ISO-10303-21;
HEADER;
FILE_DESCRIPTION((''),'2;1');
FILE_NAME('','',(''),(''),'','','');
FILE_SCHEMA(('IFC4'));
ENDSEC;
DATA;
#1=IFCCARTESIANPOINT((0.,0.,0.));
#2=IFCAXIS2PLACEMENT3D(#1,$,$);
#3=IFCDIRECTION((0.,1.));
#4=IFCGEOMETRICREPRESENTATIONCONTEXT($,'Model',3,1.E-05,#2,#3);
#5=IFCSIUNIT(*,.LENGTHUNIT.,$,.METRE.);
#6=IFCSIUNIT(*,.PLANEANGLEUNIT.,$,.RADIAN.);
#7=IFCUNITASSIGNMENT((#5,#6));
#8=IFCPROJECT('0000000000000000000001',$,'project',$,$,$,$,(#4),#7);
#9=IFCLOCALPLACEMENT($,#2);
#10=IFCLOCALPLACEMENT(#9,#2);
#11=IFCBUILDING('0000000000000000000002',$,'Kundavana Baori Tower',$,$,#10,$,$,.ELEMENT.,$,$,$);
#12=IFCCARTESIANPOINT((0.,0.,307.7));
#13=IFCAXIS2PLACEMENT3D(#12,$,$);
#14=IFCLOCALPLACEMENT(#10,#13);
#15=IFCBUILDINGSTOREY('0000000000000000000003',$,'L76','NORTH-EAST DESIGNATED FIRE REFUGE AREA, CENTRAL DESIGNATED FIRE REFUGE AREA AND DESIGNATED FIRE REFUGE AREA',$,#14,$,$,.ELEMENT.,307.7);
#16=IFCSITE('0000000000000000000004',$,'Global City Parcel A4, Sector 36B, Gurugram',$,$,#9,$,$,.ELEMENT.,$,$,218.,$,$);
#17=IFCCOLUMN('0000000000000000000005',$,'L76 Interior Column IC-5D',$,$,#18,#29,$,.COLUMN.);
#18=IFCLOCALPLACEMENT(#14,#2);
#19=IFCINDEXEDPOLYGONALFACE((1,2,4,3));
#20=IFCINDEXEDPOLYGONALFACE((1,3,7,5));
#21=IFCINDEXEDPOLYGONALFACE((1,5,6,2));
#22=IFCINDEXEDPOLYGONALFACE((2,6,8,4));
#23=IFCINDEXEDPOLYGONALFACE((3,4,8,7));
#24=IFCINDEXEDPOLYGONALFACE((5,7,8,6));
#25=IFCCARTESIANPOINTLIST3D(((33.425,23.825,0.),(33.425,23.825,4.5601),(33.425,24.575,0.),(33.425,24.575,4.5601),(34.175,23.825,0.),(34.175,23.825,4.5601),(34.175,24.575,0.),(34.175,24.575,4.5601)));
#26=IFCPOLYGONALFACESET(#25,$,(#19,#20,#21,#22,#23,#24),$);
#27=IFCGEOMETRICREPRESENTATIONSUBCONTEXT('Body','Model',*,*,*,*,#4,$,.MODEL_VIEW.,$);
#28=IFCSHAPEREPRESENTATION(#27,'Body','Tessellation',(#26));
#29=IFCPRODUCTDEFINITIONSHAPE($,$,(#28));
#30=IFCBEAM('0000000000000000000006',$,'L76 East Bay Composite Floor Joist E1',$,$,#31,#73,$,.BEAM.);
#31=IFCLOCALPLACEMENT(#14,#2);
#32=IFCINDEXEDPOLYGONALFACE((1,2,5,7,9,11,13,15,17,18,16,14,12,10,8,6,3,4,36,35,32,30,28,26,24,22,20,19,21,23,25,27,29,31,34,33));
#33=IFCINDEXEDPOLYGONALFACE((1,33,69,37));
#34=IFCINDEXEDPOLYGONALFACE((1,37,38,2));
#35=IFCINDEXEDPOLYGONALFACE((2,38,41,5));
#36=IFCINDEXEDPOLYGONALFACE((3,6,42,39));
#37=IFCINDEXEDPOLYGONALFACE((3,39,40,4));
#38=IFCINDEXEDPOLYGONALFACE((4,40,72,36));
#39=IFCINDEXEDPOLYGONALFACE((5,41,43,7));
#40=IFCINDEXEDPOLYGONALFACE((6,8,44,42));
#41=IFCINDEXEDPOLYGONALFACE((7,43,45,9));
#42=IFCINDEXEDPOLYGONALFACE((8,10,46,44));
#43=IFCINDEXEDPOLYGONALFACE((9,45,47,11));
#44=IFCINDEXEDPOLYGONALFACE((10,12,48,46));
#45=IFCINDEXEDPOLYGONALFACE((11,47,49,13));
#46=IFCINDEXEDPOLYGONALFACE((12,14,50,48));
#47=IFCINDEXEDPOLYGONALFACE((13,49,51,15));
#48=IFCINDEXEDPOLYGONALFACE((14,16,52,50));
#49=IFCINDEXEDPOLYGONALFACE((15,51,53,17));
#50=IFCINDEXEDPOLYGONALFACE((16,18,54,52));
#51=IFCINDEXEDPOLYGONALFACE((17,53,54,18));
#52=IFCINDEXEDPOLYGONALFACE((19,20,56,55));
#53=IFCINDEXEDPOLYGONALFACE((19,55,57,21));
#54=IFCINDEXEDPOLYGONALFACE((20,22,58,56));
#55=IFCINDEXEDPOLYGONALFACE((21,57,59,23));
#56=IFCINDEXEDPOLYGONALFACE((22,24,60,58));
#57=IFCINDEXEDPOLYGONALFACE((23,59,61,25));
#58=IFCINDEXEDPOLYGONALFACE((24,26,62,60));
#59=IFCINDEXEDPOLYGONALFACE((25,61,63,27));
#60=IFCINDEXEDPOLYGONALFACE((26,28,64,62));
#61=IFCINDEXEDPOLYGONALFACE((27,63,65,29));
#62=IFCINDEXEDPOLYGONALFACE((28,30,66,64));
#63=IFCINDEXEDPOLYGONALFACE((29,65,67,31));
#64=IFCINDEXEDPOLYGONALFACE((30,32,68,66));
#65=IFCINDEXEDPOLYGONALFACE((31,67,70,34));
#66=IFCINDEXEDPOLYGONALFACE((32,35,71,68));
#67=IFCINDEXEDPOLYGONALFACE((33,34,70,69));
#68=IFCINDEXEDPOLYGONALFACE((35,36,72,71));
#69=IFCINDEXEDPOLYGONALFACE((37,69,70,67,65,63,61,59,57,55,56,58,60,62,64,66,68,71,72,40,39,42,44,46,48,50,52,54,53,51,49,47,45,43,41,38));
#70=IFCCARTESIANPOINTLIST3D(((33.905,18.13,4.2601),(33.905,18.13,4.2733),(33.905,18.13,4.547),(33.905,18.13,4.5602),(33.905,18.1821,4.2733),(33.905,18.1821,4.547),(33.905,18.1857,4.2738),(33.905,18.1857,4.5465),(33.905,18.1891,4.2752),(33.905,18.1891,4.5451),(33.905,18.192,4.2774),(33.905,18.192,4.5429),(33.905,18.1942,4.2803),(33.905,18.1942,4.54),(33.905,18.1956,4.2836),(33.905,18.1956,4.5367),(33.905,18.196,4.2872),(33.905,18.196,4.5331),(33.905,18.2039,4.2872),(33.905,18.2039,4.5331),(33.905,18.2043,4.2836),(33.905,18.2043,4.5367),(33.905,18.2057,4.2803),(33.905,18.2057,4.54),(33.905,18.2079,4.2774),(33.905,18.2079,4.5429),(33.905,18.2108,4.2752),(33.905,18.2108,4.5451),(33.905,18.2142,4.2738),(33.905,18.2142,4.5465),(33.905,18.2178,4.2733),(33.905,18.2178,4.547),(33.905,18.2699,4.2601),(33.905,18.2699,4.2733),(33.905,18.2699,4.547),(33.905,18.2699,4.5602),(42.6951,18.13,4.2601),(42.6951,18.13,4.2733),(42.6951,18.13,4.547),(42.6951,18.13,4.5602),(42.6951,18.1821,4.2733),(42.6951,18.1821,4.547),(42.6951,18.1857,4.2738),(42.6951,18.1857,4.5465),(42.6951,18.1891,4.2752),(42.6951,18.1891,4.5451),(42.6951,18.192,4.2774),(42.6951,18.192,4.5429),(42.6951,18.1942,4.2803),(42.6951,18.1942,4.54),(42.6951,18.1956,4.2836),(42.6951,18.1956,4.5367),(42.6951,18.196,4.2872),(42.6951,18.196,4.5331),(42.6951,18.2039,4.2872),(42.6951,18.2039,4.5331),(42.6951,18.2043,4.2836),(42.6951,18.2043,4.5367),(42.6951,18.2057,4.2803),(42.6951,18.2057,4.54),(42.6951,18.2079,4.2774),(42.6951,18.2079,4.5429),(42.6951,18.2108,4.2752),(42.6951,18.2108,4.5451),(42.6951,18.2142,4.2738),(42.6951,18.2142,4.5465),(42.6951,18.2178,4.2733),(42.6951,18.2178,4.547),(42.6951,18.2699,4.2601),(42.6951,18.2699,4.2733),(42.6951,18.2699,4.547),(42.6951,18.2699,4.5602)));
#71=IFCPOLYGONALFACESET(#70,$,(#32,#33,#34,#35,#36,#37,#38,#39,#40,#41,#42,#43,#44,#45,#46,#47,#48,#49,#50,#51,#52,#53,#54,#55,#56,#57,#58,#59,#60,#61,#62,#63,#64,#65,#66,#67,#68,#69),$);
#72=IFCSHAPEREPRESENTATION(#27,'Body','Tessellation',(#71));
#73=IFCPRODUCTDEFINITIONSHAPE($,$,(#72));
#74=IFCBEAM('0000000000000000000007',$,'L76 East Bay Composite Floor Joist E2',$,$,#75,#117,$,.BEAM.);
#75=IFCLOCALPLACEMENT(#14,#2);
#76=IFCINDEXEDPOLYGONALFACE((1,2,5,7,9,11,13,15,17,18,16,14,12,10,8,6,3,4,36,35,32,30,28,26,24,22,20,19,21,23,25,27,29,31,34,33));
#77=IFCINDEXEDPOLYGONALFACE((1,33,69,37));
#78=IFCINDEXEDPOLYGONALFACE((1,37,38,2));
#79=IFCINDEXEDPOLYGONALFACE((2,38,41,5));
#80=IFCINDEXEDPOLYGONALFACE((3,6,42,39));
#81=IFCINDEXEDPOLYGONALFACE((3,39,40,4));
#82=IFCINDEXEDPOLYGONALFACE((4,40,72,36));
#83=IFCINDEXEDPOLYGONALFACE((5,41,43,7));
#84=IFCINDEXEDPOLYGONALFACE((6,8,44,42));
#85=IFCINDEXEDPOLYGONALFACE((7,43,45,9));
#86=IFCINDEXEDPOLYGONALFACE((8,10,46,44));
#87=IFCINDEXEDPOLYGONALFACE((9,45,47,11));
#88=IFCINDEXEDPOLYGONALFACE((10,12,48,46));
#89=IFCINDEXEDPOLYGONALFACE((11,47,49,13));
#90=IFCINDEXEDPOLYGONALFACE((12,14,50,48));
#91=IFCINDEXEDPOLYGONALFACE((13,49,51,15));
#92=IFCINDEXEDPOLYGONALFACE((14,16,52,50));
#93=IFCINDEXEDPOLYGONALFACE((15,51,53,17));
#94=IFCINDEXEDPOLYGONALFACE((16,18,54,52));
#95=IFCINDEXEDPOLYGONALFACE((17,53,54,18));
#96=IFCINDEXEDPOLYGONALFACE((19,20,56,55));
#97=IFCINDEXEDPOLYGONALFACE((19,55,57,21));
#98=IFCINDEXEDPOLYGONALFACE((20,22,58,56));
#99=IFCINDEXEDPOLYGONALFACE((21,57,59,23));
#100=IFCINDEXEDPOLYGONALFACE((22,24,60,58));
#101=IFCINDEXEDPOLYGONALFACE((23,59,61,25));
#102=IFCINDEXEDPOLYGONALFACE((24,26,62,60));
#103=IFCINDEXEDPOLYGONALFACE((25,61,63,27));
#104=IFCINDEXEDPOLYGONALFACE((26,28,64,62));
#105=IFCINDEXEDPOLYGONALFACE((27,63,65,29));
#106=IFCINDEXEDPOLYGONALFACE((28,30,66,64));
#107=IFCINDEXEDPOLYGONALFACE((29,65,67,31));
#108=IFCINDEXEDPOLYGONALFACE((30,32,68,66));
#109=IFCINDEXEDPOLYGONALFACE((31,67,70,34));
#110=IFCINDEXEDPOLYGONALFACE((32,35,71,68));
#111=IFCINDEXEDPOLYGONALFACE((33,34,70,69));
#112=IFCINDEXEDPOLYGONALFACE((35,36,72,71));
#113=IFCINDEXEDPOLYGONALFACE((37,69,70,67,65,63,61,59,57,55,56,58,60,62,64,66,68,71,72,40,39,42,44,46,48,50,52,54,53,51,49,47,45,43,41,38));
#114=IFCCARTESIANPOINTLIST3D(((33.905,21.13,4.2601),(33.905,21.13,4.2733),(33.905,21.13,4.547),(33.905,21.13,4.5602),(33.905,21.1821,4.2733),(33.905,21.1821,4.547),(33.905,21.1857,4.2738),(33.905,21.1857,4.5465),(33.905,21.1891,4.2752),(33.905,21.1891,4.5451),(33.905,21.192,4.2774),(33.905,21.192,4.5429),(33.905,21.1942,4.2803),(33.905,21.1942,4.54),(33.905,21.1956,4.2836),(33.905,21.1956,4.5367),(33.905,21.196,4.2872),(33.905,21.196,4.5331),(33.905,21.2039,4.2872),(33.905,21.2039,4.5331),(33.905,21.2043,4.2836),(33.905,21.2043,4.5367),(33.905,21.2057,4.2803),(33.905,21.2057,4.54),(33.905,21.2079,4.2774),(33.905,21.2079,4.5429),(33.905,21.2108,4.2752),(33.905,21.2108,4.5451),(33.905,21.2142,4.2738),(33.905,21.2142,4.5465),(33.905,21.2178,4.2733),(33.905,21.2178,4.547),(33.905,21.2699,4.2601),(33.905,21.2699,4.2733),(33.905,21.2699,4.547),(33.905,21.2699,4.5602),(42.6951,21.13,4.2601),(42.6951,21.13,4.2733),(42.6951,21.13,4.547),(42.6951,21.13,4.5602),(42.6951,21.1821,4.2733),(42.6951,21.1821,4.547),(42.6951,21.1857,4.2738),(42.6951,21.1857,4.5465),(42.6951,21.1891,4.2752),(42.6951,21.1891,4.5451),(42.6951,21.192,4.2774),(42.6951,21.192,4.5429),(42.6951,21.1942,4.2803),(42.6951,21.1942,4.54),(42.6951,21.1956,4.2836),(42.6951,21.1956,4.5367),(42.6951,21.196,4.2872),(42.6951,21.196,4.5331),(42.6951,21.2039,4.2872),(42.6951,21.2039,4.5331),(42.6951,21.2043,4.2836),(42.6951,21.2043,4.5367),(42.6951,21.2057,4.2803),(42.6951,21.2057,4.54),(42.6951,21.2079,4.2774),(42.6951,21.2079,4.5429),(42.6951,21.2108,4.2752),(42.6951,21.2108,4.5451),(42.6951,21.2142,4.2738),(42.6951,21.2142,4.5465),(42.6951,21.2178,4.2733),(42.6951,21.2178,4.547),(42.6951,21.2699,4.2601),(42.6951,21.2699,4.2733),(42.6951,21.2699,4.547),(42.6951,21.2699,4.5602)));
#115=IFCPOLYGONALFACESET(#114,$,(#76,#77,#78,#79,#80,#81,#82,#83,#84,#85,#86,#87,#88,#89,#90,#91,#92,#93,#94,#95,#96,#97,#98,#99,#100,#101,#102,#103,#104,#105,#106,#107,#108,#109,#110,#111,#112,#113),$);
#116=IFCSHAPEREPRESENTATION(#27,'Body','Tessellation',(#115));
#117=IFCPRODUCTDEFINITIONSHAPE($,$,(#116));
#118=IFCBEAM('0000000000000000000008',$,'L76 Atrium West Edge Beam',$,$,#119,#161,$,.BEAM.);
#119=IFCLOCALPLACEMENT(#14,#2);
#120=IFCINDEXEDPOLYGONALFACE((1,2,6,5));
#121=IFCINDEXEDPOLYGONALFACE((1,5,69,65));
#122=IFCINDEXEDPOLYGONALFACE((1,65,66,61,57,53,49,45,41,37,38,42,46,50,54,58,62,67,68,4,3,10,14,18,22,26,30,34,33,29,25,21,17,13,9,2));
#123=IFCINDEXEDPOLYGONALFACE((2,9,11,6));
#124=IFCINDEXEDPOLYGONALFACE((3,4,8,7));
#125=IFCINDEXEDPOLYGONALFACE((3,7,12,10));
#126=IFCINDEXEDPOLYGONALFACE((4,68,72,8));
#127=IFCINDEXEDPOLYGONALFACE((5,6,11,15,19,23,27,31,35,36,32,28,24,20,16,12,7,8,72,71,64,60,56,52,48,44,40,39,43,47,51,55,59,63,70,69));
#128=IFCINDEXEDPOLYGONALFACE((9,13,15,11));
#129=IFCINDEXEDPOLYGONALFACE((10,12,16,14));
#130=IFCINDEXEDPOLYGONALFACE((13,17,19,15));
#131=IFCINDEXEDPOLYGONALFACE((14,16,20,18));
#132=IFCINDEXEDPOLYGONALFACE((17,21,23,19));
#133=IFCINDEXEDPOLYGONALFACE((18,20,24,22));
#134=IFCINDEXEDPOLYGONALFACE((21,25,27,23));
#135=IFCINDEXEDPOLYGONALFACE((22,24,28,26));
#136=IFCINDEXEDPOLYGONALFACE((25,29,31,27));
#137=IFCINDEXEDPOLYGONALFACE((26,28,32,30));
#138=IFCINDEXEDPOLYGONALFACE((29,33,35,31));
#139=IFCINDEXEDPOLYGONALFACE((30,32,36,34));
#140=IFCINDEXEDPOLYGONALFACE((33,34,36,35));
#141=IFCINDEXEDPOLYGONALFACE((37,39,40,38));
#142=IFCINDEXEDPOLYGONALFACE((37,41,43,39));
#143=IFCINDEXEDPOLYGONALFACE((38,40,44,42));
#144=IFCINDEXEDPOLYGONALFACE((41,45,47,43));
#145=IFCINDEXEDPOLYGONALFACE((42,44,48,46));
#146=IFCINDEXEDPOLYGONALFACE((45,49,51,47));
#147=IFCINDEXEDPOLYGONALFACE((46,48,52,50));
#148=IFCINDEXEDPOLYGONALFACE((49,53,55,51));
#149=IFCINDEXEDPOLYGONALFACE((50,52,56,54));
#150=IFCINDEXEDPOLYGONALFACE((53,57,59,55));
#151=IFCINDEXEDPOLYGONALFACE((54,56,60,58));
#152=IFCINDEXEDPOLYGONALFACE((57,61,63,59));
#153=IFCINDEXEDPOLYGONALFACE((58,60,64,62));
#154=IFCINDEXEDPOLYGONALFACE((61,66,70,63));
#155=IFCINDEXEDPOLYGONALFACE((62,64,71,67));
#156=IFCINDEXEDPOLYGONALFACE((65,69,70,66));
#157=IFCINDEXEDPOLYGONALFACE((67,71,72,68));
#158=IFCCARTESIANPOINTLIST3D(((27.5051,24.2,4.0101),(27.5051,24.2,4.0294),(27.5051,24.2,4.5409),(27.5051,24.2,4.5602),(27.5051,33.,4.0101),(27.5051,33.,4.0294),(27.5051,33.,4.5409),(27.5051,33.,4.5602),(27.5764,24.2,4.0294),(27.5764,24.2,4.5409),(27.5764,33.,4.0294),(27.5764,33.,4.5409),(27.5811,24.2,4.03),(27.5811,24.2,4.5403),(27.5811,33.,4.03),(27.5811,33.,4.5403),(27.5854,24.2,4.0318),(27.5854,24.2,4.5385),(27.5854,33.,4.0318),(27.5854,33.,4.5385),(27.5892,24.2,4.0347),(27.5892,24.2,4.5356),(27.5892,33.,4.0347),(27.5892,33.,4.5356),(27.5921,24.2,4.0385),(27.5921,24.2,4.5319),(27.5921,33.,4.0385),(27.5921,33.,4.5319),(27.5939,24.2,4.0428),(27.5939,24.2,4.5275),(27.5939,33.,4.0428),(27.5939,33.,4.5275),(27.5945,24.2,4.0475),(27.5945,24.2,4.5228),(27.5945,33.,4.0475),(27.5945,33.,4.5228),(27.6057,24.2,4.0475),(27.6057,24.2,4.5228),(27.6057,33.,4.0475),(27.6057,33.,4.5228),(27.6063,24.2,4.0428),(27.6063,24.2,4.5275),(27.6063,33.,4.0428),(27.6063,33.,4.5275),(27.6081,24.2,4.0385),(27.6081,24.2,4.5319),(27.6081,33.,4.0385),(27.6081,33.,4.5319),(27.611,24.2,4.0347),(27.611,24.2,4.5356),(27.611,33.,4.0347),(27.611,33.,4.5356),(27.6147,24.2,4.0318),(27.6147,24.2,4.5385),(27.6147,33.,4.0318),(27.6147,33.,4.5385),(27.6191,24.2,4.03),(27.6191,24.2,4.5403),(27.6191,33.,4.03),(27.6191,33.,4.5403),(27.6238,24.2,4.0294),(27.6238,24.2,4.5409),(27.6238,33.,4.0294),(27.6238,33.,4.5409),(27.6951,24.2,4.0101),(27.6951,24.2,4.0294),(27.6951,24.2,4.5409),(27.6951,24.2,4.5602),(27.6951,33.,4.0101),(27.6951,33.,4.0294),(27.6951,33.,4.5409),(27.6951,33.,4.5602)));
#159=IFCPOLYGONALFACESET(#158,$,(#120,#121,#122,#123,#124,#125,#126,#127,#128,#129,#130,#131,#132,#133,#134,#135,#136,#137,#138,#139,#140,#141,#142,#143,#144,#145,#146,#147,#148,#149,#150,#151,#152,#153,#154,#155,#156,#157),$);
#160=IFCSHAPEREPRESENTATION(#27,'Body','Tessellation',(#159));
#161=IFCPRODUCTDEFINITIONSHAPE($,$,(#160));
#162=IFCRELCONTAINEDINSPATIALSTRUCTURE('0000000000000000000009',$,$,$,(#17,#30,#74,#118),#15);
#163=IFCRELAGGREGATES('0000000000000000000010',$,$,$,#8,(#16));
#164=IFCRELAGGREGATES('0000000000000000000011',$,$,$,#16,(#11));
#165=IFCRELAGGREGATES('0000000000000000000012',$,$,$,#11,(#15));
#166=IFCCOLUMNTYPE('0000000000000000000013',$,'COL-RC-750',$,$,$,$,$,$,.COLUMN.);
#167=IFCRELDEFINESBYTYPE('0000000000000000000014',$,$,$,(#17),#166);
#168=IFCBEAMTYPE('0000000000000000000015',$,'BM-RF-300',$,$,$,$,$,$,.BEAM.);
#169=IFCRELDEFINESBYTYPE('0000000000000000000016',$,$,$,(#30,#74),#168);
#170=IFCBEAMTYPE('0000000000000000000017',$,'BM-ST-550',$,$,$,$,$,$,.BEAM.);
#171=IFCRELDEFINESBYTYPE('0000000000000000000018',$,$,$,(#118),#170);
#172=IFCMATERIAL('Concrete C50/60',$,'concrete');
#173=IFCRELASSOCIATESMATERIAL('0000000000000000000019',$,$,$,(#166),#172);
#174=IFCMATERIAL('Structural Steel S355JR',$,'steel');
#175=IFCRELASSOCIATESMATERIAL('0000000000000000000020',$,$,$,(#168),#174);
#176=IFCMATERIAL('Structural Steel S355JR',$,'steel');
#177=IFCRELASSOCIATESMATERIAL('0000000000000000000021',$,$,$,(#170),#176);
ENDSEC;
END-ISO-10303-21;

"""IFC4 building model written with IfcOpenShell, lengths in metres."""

from ifc_helpers import new_model, si_unit, direction, frame, origin, origin_2d, place, context, subcontext, project, spatial, rectangle, i_section, extrude, material, material_profile, profile_set, type_object, element, save


model = new_model("IFC4")

# Units and contexts
model_context = context("Model", 3, precision=1e-05, world=origin(), true_north=direction((0.0, 1.0)))
body_context = subcontext(model_context, "Body", "Model", "MODEL_VIEW")
ifc_project = project(units=[si_unit("LENGTHUNIT", "METRE"), si_unit("PLANEANGLEUNIT", "RADIAN")], contexts=[model_context])

# Site, building, storey
site_placement = place(None, origin())
site = spatial("IfcSite", under=ifc_project, at=site_placement, Name="Global City Parcel A4, Sector 36B, Gurugram", CompositionType="ELEMENT", RefElevation=218.0)
building_placement = place(site_placement, origin())
building = spatial("IfcBuilding", under=site, at=building_placement, Name="Kundavana Baori Tower", CompositionType="ELEMENT")
storey_placement = place(building_placement, frame((0.0, 0.0, 307.7)))
storey = spatial("IfcBuildingStorey", under=building, at=storey_placement, Name="L76", Description="NORTH-EAST DESIGNATED FIRE REFUGE AREA, CENTRAL DESIGNATED FIRE REFUGE AREA AND DESIGNATED FIRE REFUGE AREA", CompositionType="ELEMENT", Elevation=307.7)

# Column
ifc_material_1 = material(Name="Concrete C50/60", Category="concrete")
ifc_material_profile_1 = material_profile(ifc_material_1, rectangle(XDim=0.75, YDim=0.75, at=origin_2d()), Name="RC 750x750")
ifc_profile_set_1 = profile_set([ifc_material_profile_1], Name="Concrete C50/60")
column_type = type_object("IfcColumnType", Name="COL-RC-750", PredefinedType="COLUMN", material=ifc_profile_set_1)
column_placement = place(storey_placement, frame((33.8, 24.2, 0.0), z_axis=(0.0, 0.0, 1.0), x_axis=(1.0, 0.0, 0.0)))
element("IfcColumn", 1, at=column_placement, inside=storey, type_object=column_type, Name="L76 Interior Column IC-5D", PredefinedType="COLUMN", context=body_context, shape_type="SweptSolid", body=[
    extrude(rectangle(XDim=0.75, YDim=0.75, at=origin_2d()), origin(), (0.0, 0.0, 1.0), 4.5601),
])

# Beams
ifc_material_2 = material(Name="Structural Steel S355JR", Category="steel")
ifc_material_profile_2 = material_profile(ifc_material_2, i_section(OverallWidth=0.1399, OverallDepth=0.3, WebThickness=0.0078, FlangeThickness=0.0132, FilletRadius=0.0139, at=origin_2d()), Name="ISMB 300")
ifc_profile_set_2 = profile_set([ifc_material_profile_2], Name="Structural Steel S355JR")
beam_type_1 = type_object("IfcBeamType", Name="BM-RF-300", PredefinedType="BEAM", material=ifc_profile_set_2)
for number, where, z_axis, x_axis, name in (
    (2, (33.905, 18.2, 4.4102), (1.0, 0.0, 0.0), (0.0, 1.0, 0.0), "L76 East Bay Composite Floor Joist E1"),
    (3, (33.905, 21.2, 4.4102), (1.0, 0.0, 0.0), (0.0, 1.0, 0.0), "L76 East Bay Composite Floor Joist E2"),
):
    element("IfcBeam", number, at=place(storey_placement, frame(where, z_axis=z_axis, x_axis=x_axis)), inside=storey, type_object=beam_type_1, Name=name, PredefinedType="BEAM", context=body_context, shape_type="SweptSolid", body=[
        extrude(i_section(OverallWidth=0.1399, OverallDepth=0.3, WebThickness=0.0078, FlangeThickness=0.0132, FilletRadius=0.0139, at=origin_2d()), origin(), (0.0, 0.0, 1.0), 8.79),
    ])
ifc_material_3 = material(Name="Structural Steel S355JR", Category="steel")
ifc_material_profile_3 = material_profile(ifc_material_3, i_section(OverallWidth=0.1899, OverallDepth=0.55, WebThickness=0.0112, FlangeThickness=0.0193, FilletRadius=0.0181, at=origin_2d()), Name="ISMB 550")
ifc_profile_set_3 = profile_set([ifc_material_profile_3], Name="Structural Steel S355JR")
beam_type_2 = type_object("IfcBeamType", Name="BM-ST-550", PredefinedType="BEAM", material=ifc_profile_set_3)
for number, where, z_axis, x_axis, name in (
    (4, (27.6001, 24.2, 4.2852), (0.0, 1.0, 0.0), (-1.0, 0.0, 0.0), "L76 Atrium West Edge Beam"),
):
    element("IfcBeam", number, at=place(storey_placement, frame(where, z_axis=z_axis, x_axis=x_axis)), inside=storey, type_object=beam_type_2, Name=name, PredefinedType="BEAM", context=body_context, shape_type="SweptSolid", body=[
        extrude(i_section(OverallWidth=0.1899, OverallDepth=0.55, WebThickness=0.0112, FlangeThickness=0.0193, FilletRadius=0.0181, at=origin_2d()), origin(), (0.0, 0.0, 1.0), 8.8),
    ])

save(model, "model.ifc")
